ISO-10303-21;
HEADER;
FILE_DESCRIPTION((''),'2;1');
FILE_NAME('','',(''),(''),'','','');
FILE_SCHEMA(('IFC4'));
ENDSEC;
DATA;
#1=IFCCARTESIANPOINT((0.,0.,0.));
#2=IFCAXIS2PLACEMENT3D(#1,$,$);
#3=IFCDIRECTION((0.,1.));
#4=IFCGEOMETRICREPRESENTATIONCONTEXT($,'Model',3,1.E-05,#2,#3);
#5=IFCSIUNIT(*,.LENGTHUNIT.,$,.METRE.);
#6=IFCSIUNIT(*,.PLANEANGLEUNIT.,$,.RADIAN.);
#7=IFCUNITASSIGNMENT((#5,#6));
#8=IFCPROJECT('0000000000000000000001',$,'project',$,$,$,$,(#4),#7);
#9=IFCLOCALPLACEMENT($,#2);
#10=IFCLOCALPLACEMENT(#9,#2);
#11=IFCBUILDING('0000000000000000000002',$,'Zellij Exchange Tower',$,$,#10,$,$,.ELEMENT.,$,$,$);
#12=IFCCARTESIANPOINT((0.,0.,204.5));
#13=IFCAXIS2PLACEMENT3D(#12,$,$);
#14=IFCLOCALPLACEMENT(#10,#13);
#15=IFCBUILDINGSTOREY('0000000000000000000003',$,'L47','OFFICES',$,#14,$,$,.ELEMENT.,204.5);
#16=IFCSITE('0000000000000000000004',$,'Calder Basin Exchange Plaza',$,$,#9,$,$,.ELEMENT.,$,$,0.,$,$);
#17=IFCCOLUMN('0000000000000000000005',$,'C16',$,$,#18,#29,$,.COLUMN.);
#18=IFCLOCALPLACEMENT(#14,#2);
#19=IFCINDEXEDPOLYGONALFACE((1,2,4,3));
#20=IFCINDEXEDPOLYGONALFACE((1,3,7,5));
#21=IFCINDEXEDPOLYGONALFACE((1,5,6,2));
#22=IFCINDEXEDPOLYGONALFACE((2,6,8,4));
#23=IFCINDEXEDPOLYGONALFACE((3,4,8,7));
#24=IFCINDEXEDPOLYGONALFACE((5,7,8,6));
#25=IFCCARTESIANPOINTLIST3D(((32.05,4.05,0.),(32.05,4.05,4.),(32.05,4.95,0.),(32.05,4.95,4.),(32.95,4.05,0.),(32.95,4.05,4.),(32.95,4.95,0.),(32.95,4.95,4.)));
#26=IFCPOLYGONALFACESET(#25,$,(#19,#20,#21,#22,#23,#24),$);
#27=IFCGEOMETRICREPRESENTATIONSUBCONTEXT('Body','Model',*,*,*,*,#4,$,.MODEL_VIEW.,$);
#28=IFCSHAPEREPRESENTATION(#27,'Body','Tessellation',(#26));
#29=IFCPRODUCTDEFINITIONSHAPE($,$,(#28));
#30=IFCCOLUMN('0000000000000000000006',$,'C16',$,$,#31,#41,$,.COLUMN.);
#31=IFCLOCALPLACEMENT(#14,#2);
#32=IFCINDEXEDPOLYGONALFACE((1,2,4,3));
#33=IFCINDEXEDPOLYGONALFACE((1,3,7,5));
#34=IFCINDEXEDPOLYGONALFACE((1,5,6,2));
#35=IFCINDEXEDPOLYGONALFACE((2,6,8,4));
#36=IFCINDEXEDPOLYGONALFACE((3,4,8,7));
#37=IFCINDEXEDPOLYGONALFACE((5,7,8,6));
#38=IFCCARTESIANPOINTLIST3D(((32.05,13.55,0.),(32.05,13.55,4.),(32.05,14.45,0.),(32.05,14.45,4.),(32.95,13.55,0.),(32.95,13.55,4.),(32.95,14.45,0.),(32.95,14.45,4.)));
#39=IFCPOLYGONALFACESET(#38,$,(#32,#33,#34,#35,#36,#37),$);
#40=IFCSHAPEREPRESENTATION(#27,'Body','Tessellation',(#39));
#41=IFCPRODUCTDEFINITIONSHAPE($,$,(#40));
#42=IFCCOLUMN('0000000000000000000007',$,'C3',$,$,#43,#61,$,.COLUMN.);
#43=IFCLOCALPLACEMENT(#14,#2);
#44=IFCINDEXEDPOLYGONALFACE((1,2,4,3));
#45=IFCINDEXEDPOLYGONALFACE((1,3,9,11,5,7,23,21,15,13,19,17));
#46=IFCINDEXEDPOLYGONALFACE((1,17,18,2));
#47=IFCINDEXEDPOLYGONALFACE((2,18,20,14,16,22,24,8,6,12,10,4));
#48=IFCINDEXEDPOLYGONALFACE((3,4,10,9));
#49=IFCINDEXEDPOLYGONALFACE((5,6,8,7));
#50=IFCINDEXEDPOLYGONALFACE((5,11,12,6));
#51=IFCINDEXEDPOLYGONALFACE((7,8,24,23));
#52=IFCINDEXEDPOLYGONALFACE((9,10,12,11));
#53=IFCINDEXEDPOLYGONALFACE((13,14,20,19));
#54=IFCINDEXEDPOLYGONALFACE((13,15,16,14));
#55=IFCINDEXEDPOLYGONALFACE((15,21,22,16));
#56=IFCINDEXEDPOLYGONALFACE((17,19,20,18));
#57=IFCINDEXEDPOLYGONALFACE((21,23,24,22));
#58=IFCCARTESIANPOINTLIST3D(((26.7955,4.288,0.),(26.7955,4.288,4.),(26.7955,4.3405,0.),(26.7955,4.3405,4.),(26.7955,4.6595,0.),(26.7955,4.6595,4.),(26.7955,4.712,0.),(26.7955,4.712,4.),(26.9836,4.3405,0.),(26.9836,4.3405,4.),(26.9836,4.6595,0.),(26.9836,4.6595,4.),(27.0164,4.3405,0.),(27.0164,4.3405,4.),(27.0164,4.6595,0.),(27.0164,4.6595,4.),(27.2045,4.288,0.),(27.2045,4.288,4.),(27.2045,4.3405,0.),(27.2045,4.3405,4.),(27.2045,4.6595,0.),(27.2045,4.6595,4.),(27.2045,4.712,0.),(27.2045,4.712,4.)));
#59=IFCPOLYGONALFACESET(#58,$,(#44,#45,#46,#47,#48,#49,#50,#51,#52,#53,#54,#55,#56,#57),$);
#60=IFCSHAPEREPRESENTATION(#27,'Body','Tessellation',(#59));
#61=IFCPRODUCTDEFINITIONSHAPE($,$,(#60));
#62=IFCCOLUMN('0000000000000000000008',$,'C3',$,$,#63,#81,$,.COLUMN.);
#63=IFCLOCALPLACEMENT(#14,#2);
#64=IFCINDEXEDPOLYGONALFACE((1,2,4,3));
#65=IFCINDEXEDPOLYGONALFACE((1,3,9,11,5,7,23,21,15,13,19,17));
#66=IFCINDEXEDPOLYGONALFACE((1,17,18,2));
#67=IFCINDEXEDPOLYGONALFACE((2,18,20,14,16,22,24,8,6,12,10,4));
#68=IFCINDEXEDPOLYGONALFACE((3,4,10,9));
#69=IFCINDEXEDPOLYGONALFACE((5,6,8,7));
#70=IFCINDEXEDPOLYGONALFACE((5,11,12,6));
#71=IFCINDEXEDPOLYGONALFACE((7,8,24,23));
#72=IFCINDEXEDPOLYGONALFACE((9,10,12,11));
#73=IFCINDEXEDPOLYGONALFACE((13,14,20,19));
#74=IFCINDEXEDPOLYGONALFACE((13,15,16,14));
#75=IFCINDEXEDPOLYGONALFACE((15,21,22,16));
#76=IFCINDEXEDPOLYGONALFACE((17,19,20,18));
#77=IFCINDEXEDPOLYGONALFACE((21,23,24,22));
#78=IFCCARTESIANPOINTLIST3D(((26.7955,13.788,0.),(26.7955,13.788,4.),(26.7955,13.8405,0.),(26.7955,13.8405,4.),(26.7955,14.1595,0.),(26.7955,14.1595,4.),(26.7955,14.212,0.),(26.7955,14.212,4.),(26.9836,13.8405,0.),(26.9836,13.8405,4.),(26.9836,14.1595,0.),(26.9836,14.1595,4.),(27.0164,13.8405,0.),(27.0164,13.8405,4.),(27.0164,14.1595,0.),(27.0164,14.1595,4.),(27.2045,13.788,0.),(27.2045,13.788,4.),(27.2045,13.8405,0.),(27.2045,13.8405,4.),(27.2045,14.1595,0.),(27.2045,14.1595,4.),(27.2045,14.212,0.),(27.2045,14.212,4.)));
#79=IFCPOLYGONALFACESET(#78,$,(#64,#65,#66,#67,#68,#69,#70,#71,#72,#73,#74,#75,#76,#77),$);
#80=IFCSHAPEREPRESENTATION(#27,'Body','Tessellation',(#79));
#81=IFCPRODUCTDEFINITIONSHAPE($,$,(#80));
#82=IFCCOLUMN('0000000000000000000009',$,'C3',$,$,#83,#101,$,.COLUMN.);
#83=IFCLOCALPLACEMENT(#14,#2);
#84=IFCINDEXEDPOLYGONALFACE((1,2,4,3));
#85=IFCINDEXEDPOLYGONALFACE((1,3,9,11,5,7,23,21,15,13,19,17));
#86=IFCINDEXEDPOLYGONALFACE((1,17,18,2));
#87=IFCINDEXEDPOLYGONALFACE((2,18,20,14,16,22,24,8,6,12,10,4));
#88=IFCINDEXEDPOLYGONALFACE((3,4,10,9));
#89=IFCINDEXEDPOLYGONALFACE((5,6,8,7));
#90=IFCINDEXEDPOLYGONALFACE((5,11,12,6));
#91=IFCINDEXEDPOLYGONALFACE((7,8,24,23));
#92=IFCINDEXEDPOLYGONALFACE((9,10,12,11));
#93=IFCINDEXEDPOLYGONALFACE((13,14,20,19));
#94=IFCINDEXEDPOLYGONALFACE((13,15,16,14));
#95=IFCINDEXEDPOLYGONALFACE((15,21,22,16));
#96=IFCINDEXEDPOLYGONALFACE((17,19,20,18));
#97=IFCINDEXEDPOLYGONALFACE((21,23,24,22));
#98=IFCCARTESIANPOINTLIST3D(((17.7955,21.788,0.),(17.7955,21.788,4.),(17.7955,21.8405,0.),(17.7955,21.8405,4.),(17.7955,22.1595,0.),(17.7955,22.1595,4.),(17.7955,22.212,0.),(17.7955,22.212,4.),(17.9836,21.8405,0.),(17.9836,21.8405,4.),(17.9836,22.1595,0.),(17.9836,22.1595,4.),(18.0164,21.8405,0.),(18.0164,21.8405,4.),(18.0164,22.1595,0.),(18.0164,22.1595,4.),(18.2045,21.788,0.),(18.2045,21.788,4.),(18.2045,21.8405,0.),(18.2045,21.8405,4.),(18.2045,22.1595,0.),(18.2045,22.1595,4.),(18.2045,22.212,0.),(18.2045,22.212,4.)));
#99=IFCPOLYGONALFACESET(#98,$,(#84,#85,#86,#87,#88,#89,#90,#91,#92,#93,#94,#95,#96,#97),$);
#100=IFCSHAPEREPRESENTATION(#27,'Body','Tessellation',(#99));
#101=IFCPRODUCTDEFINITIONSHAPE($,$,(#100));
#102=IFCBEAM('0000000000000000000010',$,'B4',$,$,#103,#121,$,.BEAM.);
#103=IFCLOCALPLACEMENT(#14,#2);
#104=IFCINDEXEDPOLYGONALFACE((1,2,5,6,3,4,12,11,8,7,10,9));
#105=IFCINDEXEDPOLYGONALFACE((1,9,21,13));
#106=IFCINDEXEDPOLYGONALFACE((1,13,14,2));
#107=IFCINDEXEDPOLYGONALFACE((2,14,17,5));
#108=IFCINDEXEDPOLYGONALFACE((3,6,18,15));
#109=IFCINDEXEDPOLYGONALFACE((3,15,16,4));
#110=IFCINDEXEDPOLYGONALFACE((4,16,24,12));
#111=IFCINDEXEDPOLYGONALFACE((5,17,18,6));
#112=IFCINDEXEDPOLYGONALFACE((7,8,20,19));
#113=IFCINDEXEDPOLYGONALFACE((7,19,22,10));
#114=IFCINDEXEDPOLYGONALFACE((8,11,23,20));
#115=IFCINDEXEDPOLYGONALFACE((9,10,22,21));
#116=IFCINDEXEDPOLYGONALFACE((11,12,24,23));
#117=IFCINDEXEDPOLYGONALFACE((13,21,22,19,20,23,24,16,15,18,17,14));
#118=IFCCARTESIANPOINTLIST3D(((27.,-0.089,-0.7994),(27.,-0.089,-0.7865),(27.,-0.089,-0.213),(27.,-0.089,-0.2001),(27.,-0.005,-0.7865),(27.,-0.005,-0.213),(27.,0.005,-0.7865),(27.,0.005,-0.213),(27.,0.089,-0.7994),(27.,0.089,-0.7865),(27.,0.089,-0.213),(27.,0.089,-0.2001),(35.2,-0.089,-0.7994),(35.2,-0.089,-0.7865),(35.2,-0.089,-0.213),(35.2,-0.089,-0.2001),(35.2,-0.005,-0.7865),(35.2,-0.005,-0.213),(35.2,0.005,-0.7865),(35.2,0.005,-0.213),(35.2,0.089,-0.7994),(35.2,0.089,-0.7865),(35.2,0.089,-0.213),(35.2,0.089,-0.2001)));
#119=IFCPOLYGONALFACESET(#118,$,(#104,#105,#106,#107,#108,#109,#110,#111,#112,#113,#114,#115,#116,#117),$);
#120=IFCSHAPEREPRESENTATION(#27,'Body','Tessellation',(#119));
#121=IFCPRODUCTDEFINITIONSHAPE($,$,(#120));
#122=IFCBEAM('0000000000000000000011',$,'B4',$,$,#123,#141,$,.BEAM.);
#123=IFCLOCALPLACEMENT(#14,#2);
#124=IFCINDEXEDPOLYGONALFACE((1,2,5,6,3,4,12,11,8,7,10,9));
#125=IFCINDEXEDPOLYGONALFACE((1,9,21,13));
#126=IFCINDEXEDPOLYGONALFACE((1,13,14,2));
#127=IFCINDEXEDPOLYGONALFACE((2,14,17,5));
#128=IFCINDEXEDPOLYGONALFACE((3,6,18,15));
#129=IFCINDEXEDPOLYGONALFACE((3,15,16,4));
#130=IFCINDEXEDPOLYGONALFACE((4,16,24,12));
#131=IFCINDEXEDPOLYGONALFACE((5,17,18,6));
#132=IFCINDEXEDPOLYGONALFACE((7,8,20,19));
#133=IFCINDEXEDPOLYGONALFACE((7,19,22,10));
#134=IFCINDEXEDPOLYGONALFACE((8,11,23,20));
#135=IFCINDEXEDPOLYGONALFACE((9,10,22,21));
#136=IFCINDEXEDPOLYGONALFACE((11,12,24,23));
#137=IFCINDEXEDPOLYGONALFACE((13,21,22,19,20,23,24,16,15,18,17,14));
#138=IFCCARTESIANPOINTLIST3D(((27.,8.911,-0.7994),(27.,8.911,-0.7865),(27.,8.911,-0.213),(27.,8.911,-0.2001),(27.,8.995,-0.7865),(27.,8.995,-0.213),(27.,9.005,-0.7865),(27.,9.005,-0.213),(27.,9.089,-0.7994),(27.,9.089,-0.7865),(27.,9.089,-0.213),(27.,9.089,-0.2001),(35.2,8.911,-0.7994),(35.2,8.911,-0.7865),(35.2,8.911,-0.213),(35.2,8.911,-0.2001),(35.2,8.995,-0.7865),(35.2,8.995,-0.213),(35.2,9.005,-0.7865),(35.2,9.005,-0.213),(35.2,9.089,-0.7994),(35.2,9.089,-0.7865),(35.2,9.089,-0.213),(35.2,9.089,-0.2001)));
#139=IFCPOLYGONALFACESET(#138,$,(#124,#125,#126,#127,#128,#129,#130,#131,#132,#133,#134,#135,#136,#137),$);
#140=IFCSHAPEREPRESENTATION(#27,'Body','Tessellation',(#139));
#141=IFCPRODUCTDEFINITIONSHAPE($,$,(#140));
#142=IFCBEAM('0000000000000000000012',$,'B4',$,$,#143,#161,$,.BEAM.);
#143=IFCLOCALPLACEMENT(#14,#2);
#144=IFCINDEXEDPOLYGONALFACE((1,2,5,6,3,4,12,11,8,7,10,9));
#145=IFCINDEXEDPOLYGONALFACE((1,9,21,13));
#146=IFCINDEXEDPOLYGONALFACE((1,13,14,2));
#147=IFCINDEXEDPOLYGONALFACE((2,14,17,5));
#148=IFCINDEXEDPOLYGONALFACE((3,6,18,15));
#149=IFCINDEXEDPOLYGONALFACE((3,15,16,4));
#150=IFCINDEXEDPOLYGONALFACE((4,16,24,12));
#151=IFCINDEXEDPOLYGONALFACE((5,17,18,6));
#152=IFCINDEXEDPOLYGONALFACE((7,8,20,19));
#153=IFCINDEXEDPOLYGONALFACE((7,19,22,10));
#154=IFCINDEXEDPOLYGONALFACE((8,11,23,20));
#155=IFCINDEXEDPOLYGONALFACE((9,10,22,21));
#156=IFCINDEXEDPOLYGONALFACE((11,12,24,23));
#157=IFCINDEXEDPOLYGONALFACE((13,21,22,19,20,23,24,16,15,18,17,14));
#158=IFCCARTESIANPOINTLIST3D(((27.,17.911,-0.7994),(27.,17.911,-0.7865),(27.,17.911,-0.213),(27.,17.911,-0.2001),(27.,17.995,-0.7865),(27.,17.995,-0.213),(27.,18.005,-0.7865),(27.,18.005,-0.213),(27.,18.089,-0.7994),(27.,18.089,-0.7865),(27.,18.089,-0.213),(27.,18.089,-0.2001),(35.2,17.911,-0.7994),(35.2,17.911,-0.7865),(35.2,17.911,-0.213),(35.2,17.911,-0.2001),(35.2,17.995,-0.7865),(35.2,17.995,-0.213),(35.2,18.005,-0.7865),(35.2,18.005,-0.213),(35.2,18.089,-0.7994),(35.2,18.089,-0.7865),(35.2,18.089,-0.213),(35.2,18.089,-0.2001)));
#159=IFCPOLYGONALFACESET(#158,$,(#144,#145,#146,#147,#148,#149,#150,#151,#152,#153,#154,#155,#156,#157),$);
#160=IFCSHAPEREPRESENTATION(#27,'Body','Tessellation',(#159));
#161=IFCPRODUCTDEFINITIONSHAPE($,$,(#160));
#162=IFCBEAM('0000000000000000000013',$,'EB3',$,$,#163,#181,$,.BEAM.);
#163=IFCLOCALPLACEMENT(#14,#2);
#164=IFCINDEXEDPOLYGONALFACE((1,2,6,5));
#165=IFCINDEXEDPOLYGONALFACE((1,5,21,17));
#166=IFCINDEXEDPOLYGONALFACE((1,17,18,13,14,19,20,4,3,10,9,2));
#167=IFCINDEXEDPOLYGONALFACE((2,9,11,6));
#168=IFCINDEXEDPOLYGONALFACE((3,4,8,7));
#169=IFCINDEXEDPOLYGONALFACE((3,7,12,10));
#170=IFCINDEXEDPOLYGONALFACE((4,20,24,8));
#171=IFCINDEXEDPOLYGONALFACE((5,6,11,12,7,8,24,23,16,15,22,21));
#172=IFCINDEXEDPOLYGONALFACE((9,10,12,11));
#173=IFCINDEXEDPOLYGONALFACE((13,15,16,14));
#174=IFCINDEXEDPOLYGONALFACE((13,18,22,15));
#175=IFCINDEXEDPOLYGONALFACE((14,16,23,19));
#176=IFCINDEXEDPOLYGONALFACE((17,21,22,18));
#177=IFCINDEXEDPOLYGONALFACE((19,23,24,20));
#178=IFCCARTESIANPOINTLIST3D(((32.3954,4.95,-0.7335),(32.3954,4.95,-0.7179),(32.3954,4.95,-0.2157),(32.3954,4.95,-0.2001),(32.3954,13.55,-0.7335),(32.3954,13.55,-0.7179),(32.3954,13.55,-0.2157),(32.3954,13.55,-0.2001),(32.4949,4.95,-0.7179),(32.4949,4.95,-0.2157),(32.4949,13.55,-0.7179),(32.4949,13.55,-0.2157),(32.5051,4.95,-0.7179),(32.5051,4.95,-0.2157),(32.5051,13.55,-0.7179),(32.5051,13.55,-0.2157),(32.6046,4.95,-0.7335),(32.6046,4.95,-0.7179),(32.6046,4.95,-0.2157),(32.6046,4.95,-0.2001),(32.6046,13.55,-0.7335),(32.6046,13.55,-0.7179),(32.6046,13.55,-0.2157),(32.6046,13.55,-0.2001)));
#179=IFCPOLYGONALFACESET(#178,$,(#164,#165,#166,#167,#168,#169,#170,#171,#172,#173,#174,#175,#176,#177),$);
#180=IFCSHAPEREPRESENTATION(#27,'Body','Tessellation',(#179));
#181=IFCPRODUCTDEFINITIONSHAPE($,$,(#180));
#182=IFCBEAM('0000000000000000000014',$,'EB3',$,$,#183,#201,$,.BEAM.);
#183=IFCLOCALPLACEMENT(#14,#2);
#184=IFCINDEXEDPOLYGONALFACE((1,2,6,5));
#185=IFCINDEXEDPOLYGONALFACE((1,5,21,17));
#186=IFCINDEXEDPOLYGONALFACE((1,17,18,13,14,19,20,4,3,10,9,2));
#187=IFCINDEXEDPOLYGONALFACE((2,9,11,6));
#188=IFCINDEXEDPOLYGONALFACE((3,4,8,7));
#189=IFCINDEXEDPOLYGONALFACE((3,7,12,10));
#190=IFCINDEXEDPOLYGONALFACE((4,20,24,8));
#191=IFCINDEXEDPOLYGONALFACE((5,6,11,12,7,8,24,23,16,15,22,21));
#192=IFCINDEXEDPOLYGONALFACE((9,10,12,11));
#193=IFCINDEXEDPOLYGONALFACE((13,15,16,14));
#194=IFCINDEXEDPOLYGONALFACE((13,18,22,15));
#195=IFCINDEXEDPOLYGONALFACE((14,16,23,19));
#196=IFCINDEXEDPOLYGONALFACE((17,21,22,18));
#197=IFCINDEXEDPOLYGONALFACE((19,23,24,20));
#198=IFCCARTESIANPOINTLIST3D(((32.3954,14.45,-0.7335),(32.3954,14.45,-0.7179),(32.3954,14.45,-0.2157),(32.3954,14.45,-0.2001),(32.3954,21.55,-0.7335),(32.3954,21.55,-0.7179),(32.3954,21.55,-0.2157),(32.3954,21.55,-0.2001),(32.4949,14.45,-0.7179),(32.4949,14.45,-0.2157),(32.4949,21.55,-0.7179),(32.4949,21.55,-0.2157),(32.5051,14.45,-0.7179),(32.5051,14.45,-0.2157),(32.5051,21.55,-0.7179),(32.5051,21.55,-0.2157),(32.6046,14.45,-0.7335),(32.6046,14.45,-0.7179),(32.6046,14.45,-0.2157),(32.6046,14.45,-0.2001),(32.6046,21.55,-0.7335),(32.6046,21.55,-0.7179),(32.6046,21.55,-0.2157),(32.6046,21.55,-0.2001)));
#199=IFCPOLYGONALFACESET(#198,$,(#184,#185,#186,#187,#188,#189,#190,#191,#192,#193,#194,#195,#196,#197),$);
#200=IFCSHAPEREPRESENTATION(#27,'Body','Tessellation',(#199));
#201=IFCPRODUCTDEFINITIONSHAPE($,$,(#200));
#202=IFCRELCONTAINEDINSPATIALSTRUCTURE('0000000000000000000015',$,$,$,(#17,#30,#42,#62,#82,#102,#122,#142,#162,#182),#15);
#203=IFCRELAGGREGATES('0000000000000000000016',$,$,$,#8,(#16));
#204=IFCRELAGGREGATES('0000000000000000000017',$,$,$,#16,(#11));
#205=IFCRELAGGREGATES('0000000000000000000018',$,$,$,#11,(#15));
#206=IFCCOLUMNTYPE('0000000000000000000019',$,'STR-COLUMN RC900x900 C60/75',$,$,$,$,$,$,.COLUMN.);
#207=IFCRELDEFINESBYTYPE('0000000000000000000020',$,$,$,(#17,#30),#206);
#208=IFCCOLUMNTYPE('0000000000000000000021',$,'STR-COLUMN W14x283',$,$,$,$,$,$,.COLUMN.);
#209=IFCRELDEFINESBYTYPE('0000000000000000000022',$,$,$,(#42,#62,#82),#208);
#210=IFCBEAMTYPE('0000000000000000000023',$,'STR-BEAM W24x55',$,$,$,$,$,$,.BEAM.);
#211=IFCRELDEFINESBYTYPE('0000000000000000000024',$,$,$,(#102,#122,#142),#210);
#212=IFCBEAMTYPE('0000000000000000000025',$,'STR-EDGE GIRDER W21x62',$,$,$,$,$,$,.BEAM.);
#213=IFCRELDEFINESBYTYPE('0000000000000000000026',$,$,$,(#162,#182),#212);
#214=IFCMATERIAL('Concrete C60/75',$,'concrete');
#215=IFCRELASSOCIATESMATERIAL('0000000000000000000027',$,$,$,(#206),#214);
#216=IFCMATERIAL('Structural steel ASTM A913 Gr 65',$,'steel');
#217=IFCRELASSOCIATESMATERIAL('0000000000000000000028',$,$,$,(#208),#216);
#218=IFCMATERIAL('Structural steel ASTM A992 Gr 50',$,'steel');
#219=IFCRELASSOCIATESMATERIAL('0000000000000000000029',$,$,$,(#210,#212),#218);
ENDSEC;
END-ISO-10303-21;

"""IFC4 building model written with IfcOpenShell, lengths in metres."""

from ifc_helpers import new_model, si_unit, direction, frame, origin, origin_2d, place, context, subcontext, project, spatial, rectangle, i_section, extrude, material, material_profile, profile_set, type_object, element, save


model = new_model("IFC4")

# Units and contexts
model_context = context("Model", 3, precision=1e-05, world=origin(), true_north=direction((0.0, 1.0)))
body_context = subcontext(model_context, "Body", "Model", "MODEL_VIEW")
ifc_project = project(units=[si_unit("LENGTHUNIT", "METRE"), si_unit("PLANEANGLEUNIT", "RADIAN")], contexts=[model_context])

# Site, building, storey
site_placement = place(None, origin())
site = spatial("IfcSite", under=ifc_project, at=site_placement, Name="Calder Basin Exchange Plaza", CompositionType="ELEMENT", RefElevation=0.0)
building_placement = place(site_placement, origin())
building = spatial("IfcBuilding", under=site, at=building_placement, Name="Zellij Exchange Tower", CompositionType="ELEMENT")
storey_placement = place(building_placement, frame((0.0, 0.0, 204.5)))
storey = spatial("IfcBuildingStorey", under=building, at=storey_placement, Name="L47", Description="OFFICES", CompositionType="ELEMENT", Elevation=204.5)

# Columns
ifc_material_1 = material(Name="Concrete C60/75", Category="concrete")
ifc_material_profile_1 = material_profile(ifc_material_1, rectangle(XDim=0.8999, YDim=0.8999, at=origin_2d()), Name="STR-COLUMN RC900x900 C60/75")
ifc_profile_set_1 = profile_set([ifc_material_profile_1], Name="Concrete C60/75")
column_type_1 = type_object("IfcColumnType", Name="STR-COLUMN RC900x900 C60/75", PredefinedType="COLUMN", material=ifc_profile_set_1)
for number, where, z_axis, x_axis, name in (
    (1, (32.5, 4.5, 0.0), (0.0, 0.0, 1.0), (1.0, 0.0, 0.0), "C16"),
    (2, (32.5, 14.0, 0.0), (0.0, 0.0, 1.0), (1.0, 0.0, 0.0), "C16"),
):
    element("IfcColumn", number, at=place(storey_placement, frame(where, z_axis=z_axis, x_axis=x_axis)), inside=storey, type_object=column_type_1, Name=name, PredefinedType="COLUMN", context=body_context, shape_type="SweptSolid", body=[
        extrude(rectangle(XDim=0.8999, YDim=0.8999, at=origin_2d()), origin(), (0.0, 0.0, 1.0), 4.0),
    ])
ifc_material_2 = material(Name="Structural steel ASTM A913 Gr 65", Category="steel")
ifc_material_profile_2 = material_profile(ifc_material_2, i_section(OverallWidth=0.4089, OverallDepth=0.4241, WebThickness=0.0327, FlangeThickness=0.0525, at=origin_2d()), Name="W14x283")
ifc_profile_set_2 = profile_set([ifc_material_profile_2], Name="Structural steel ASTM A913 Gr 65")
column_type_2 = type_object("IfcColumnType", Name="STR-COLUMN W14x283", PredefinedType="COLUMN", material=ifc_profile_set_2)
for number, where, z_axis, x_axis, name in (
    (3, (27.0, 4.5, 0.0), (0.0, 0.0, 1.0), (1.0, 0.0, 0.0), "C3"),
    (4, (27.0, 14.0, 0.0), (0.0, 0.0, 1.0), (1.0, 0.0, 0.0), "C3"),
    (5, (18.0, 22.0, 0.0), (0.0, 0.0, 1.0), (1.0, 0.0, 0.0), "C3"),
):
    element("IfcColumn", number, at=place(storey_placement, frame(where, z_axis=z_axis, x_axis=x_axis)), inside=storey, type_object=column_type_2, Name=name, PredefinedType="COLUMN", context=body_context, shape_type="SweptSolid", body=[
        extrude(i_section(OverallWidth=0.4089, OverallDepth=0.4241, WebThickness=0.0327, FlangeThickness=0.0525, at=origin_2d()), origin(), (0.0, 0.0, 1.0), 4.0),
    ])

# Beams
ifc_material_3 = material(Name="Structural steel ASTM A992 Gr 50", Category="steel")
ifc_material_profile_3 = material_profile(ifc_material_3, i_section(OverallWidth=0.178, OverallDepth=0.5994, WebThickness=0.01, FlangeThickness=0.0129, at=origin_2d()), Name="W24x55")
ifc_profile_set_3 = profile_set([ifc_material_profile_3], Name="Structural steel ASTM A992 Gr 50")
beam_type_1 = type_object("IfcBeamType", Name="STR-BEAM W24x55", PredefinedType="BEAM", material=ifc_profile_set_3)
for number, where, z_axis, x_axis, name in (
    (6, (27.0, 0.0, -0.4998), (1.0, 0.0, 0.0), (0.0, 1.0, 0.0), "B4"),
    (7, (27.0, 9.0, -0.4998), (1.0, 0.0, 0.0), (0.0, 1.0, 0.0), "B4"),
    (8, (27.0, 18.0, -0.4998), (1.0, 0.0, 0.0), (0.0, 1.0, 0.0), "B4"),
):
    element("IfcBeam", number, at=place(storey_placement, frame(where, z_axis=z_axis, x_axis=x_axis)), inside=storey, type_object=beam_type_1, Name=name, PredefinedType="BEAM", context=body_context, shape_type="SweptSolid", body=[
        extrude(i_section(OverallWidth=0.178, OverallDepth=0.5994, WebThickness=0.01, FlangeThickness=0.0129, at=origin_2d()), origin(), (0.0, 0.0, 1.0), 8.2),
    ])
ifc_material_profile_4 = material_profile(ifc_material_3, i_section(OverallWidth=0.2092, OverallDepth=0.5334, WebThickness=0.0103, FlangeThickness=0.0156, at=origin_2d()), Name="W21x62")
ifc_profile_set_4 = profile_set([ifc_material_profile_4], Name="Structural steel ASTM A992 Gr 50")
beam_type_2 = type_object("IfcBeamType", Name="STR-EDGE GIRDER W21x62", PredefinedType="BEAM", material=ifc_profile_set_4)
beam_1_placement = place(storey_placement, frame((32.5, 4.95, -0.4668), z_axis=(0.0, 1.0, 0.0), x_axis=(-1.0, 0.0, 0.0)))
element("IfcBeam", 9, at=beam_1_placement, inside=storey, type_object=beam_type_2, Name="EB3", PredefinedType="BEAM", context=body_context, shape_type="SweptSolid", body=[
    extrude(i_section(OverallWidth=0.2092, OverallDepth=0.5334, WebThickness=0.0103, FlangeThickness=0.0156, at=origin_2d()), origin(), (0.0, 0.0, 1.0), 8.6001),
])
beam_2_placement = place(storey_placement, frame((32.5, 14.45, -0.4668), z_axis=(0.0, 1.0, 0.0), x_axis=(-1.0, 0.0, 0.0)))
element("IfcBeam", 10, at=beam_2_placement, inside=storey, type_object=beam_type_2, Name="EB3", PredefinedType="BEAM", context=body_context, shape_type="SweptSolid", body=[
    extrude(i_section(OverallWidth=0.2092, OverallDepth=0.5334, WebThickness=0.0103, FlangeThickness=0.0156, at=origin_2d()), origin(), (0.0, 0.0, 1.0), 7.1001),
])

save(model, "model.ifc")
